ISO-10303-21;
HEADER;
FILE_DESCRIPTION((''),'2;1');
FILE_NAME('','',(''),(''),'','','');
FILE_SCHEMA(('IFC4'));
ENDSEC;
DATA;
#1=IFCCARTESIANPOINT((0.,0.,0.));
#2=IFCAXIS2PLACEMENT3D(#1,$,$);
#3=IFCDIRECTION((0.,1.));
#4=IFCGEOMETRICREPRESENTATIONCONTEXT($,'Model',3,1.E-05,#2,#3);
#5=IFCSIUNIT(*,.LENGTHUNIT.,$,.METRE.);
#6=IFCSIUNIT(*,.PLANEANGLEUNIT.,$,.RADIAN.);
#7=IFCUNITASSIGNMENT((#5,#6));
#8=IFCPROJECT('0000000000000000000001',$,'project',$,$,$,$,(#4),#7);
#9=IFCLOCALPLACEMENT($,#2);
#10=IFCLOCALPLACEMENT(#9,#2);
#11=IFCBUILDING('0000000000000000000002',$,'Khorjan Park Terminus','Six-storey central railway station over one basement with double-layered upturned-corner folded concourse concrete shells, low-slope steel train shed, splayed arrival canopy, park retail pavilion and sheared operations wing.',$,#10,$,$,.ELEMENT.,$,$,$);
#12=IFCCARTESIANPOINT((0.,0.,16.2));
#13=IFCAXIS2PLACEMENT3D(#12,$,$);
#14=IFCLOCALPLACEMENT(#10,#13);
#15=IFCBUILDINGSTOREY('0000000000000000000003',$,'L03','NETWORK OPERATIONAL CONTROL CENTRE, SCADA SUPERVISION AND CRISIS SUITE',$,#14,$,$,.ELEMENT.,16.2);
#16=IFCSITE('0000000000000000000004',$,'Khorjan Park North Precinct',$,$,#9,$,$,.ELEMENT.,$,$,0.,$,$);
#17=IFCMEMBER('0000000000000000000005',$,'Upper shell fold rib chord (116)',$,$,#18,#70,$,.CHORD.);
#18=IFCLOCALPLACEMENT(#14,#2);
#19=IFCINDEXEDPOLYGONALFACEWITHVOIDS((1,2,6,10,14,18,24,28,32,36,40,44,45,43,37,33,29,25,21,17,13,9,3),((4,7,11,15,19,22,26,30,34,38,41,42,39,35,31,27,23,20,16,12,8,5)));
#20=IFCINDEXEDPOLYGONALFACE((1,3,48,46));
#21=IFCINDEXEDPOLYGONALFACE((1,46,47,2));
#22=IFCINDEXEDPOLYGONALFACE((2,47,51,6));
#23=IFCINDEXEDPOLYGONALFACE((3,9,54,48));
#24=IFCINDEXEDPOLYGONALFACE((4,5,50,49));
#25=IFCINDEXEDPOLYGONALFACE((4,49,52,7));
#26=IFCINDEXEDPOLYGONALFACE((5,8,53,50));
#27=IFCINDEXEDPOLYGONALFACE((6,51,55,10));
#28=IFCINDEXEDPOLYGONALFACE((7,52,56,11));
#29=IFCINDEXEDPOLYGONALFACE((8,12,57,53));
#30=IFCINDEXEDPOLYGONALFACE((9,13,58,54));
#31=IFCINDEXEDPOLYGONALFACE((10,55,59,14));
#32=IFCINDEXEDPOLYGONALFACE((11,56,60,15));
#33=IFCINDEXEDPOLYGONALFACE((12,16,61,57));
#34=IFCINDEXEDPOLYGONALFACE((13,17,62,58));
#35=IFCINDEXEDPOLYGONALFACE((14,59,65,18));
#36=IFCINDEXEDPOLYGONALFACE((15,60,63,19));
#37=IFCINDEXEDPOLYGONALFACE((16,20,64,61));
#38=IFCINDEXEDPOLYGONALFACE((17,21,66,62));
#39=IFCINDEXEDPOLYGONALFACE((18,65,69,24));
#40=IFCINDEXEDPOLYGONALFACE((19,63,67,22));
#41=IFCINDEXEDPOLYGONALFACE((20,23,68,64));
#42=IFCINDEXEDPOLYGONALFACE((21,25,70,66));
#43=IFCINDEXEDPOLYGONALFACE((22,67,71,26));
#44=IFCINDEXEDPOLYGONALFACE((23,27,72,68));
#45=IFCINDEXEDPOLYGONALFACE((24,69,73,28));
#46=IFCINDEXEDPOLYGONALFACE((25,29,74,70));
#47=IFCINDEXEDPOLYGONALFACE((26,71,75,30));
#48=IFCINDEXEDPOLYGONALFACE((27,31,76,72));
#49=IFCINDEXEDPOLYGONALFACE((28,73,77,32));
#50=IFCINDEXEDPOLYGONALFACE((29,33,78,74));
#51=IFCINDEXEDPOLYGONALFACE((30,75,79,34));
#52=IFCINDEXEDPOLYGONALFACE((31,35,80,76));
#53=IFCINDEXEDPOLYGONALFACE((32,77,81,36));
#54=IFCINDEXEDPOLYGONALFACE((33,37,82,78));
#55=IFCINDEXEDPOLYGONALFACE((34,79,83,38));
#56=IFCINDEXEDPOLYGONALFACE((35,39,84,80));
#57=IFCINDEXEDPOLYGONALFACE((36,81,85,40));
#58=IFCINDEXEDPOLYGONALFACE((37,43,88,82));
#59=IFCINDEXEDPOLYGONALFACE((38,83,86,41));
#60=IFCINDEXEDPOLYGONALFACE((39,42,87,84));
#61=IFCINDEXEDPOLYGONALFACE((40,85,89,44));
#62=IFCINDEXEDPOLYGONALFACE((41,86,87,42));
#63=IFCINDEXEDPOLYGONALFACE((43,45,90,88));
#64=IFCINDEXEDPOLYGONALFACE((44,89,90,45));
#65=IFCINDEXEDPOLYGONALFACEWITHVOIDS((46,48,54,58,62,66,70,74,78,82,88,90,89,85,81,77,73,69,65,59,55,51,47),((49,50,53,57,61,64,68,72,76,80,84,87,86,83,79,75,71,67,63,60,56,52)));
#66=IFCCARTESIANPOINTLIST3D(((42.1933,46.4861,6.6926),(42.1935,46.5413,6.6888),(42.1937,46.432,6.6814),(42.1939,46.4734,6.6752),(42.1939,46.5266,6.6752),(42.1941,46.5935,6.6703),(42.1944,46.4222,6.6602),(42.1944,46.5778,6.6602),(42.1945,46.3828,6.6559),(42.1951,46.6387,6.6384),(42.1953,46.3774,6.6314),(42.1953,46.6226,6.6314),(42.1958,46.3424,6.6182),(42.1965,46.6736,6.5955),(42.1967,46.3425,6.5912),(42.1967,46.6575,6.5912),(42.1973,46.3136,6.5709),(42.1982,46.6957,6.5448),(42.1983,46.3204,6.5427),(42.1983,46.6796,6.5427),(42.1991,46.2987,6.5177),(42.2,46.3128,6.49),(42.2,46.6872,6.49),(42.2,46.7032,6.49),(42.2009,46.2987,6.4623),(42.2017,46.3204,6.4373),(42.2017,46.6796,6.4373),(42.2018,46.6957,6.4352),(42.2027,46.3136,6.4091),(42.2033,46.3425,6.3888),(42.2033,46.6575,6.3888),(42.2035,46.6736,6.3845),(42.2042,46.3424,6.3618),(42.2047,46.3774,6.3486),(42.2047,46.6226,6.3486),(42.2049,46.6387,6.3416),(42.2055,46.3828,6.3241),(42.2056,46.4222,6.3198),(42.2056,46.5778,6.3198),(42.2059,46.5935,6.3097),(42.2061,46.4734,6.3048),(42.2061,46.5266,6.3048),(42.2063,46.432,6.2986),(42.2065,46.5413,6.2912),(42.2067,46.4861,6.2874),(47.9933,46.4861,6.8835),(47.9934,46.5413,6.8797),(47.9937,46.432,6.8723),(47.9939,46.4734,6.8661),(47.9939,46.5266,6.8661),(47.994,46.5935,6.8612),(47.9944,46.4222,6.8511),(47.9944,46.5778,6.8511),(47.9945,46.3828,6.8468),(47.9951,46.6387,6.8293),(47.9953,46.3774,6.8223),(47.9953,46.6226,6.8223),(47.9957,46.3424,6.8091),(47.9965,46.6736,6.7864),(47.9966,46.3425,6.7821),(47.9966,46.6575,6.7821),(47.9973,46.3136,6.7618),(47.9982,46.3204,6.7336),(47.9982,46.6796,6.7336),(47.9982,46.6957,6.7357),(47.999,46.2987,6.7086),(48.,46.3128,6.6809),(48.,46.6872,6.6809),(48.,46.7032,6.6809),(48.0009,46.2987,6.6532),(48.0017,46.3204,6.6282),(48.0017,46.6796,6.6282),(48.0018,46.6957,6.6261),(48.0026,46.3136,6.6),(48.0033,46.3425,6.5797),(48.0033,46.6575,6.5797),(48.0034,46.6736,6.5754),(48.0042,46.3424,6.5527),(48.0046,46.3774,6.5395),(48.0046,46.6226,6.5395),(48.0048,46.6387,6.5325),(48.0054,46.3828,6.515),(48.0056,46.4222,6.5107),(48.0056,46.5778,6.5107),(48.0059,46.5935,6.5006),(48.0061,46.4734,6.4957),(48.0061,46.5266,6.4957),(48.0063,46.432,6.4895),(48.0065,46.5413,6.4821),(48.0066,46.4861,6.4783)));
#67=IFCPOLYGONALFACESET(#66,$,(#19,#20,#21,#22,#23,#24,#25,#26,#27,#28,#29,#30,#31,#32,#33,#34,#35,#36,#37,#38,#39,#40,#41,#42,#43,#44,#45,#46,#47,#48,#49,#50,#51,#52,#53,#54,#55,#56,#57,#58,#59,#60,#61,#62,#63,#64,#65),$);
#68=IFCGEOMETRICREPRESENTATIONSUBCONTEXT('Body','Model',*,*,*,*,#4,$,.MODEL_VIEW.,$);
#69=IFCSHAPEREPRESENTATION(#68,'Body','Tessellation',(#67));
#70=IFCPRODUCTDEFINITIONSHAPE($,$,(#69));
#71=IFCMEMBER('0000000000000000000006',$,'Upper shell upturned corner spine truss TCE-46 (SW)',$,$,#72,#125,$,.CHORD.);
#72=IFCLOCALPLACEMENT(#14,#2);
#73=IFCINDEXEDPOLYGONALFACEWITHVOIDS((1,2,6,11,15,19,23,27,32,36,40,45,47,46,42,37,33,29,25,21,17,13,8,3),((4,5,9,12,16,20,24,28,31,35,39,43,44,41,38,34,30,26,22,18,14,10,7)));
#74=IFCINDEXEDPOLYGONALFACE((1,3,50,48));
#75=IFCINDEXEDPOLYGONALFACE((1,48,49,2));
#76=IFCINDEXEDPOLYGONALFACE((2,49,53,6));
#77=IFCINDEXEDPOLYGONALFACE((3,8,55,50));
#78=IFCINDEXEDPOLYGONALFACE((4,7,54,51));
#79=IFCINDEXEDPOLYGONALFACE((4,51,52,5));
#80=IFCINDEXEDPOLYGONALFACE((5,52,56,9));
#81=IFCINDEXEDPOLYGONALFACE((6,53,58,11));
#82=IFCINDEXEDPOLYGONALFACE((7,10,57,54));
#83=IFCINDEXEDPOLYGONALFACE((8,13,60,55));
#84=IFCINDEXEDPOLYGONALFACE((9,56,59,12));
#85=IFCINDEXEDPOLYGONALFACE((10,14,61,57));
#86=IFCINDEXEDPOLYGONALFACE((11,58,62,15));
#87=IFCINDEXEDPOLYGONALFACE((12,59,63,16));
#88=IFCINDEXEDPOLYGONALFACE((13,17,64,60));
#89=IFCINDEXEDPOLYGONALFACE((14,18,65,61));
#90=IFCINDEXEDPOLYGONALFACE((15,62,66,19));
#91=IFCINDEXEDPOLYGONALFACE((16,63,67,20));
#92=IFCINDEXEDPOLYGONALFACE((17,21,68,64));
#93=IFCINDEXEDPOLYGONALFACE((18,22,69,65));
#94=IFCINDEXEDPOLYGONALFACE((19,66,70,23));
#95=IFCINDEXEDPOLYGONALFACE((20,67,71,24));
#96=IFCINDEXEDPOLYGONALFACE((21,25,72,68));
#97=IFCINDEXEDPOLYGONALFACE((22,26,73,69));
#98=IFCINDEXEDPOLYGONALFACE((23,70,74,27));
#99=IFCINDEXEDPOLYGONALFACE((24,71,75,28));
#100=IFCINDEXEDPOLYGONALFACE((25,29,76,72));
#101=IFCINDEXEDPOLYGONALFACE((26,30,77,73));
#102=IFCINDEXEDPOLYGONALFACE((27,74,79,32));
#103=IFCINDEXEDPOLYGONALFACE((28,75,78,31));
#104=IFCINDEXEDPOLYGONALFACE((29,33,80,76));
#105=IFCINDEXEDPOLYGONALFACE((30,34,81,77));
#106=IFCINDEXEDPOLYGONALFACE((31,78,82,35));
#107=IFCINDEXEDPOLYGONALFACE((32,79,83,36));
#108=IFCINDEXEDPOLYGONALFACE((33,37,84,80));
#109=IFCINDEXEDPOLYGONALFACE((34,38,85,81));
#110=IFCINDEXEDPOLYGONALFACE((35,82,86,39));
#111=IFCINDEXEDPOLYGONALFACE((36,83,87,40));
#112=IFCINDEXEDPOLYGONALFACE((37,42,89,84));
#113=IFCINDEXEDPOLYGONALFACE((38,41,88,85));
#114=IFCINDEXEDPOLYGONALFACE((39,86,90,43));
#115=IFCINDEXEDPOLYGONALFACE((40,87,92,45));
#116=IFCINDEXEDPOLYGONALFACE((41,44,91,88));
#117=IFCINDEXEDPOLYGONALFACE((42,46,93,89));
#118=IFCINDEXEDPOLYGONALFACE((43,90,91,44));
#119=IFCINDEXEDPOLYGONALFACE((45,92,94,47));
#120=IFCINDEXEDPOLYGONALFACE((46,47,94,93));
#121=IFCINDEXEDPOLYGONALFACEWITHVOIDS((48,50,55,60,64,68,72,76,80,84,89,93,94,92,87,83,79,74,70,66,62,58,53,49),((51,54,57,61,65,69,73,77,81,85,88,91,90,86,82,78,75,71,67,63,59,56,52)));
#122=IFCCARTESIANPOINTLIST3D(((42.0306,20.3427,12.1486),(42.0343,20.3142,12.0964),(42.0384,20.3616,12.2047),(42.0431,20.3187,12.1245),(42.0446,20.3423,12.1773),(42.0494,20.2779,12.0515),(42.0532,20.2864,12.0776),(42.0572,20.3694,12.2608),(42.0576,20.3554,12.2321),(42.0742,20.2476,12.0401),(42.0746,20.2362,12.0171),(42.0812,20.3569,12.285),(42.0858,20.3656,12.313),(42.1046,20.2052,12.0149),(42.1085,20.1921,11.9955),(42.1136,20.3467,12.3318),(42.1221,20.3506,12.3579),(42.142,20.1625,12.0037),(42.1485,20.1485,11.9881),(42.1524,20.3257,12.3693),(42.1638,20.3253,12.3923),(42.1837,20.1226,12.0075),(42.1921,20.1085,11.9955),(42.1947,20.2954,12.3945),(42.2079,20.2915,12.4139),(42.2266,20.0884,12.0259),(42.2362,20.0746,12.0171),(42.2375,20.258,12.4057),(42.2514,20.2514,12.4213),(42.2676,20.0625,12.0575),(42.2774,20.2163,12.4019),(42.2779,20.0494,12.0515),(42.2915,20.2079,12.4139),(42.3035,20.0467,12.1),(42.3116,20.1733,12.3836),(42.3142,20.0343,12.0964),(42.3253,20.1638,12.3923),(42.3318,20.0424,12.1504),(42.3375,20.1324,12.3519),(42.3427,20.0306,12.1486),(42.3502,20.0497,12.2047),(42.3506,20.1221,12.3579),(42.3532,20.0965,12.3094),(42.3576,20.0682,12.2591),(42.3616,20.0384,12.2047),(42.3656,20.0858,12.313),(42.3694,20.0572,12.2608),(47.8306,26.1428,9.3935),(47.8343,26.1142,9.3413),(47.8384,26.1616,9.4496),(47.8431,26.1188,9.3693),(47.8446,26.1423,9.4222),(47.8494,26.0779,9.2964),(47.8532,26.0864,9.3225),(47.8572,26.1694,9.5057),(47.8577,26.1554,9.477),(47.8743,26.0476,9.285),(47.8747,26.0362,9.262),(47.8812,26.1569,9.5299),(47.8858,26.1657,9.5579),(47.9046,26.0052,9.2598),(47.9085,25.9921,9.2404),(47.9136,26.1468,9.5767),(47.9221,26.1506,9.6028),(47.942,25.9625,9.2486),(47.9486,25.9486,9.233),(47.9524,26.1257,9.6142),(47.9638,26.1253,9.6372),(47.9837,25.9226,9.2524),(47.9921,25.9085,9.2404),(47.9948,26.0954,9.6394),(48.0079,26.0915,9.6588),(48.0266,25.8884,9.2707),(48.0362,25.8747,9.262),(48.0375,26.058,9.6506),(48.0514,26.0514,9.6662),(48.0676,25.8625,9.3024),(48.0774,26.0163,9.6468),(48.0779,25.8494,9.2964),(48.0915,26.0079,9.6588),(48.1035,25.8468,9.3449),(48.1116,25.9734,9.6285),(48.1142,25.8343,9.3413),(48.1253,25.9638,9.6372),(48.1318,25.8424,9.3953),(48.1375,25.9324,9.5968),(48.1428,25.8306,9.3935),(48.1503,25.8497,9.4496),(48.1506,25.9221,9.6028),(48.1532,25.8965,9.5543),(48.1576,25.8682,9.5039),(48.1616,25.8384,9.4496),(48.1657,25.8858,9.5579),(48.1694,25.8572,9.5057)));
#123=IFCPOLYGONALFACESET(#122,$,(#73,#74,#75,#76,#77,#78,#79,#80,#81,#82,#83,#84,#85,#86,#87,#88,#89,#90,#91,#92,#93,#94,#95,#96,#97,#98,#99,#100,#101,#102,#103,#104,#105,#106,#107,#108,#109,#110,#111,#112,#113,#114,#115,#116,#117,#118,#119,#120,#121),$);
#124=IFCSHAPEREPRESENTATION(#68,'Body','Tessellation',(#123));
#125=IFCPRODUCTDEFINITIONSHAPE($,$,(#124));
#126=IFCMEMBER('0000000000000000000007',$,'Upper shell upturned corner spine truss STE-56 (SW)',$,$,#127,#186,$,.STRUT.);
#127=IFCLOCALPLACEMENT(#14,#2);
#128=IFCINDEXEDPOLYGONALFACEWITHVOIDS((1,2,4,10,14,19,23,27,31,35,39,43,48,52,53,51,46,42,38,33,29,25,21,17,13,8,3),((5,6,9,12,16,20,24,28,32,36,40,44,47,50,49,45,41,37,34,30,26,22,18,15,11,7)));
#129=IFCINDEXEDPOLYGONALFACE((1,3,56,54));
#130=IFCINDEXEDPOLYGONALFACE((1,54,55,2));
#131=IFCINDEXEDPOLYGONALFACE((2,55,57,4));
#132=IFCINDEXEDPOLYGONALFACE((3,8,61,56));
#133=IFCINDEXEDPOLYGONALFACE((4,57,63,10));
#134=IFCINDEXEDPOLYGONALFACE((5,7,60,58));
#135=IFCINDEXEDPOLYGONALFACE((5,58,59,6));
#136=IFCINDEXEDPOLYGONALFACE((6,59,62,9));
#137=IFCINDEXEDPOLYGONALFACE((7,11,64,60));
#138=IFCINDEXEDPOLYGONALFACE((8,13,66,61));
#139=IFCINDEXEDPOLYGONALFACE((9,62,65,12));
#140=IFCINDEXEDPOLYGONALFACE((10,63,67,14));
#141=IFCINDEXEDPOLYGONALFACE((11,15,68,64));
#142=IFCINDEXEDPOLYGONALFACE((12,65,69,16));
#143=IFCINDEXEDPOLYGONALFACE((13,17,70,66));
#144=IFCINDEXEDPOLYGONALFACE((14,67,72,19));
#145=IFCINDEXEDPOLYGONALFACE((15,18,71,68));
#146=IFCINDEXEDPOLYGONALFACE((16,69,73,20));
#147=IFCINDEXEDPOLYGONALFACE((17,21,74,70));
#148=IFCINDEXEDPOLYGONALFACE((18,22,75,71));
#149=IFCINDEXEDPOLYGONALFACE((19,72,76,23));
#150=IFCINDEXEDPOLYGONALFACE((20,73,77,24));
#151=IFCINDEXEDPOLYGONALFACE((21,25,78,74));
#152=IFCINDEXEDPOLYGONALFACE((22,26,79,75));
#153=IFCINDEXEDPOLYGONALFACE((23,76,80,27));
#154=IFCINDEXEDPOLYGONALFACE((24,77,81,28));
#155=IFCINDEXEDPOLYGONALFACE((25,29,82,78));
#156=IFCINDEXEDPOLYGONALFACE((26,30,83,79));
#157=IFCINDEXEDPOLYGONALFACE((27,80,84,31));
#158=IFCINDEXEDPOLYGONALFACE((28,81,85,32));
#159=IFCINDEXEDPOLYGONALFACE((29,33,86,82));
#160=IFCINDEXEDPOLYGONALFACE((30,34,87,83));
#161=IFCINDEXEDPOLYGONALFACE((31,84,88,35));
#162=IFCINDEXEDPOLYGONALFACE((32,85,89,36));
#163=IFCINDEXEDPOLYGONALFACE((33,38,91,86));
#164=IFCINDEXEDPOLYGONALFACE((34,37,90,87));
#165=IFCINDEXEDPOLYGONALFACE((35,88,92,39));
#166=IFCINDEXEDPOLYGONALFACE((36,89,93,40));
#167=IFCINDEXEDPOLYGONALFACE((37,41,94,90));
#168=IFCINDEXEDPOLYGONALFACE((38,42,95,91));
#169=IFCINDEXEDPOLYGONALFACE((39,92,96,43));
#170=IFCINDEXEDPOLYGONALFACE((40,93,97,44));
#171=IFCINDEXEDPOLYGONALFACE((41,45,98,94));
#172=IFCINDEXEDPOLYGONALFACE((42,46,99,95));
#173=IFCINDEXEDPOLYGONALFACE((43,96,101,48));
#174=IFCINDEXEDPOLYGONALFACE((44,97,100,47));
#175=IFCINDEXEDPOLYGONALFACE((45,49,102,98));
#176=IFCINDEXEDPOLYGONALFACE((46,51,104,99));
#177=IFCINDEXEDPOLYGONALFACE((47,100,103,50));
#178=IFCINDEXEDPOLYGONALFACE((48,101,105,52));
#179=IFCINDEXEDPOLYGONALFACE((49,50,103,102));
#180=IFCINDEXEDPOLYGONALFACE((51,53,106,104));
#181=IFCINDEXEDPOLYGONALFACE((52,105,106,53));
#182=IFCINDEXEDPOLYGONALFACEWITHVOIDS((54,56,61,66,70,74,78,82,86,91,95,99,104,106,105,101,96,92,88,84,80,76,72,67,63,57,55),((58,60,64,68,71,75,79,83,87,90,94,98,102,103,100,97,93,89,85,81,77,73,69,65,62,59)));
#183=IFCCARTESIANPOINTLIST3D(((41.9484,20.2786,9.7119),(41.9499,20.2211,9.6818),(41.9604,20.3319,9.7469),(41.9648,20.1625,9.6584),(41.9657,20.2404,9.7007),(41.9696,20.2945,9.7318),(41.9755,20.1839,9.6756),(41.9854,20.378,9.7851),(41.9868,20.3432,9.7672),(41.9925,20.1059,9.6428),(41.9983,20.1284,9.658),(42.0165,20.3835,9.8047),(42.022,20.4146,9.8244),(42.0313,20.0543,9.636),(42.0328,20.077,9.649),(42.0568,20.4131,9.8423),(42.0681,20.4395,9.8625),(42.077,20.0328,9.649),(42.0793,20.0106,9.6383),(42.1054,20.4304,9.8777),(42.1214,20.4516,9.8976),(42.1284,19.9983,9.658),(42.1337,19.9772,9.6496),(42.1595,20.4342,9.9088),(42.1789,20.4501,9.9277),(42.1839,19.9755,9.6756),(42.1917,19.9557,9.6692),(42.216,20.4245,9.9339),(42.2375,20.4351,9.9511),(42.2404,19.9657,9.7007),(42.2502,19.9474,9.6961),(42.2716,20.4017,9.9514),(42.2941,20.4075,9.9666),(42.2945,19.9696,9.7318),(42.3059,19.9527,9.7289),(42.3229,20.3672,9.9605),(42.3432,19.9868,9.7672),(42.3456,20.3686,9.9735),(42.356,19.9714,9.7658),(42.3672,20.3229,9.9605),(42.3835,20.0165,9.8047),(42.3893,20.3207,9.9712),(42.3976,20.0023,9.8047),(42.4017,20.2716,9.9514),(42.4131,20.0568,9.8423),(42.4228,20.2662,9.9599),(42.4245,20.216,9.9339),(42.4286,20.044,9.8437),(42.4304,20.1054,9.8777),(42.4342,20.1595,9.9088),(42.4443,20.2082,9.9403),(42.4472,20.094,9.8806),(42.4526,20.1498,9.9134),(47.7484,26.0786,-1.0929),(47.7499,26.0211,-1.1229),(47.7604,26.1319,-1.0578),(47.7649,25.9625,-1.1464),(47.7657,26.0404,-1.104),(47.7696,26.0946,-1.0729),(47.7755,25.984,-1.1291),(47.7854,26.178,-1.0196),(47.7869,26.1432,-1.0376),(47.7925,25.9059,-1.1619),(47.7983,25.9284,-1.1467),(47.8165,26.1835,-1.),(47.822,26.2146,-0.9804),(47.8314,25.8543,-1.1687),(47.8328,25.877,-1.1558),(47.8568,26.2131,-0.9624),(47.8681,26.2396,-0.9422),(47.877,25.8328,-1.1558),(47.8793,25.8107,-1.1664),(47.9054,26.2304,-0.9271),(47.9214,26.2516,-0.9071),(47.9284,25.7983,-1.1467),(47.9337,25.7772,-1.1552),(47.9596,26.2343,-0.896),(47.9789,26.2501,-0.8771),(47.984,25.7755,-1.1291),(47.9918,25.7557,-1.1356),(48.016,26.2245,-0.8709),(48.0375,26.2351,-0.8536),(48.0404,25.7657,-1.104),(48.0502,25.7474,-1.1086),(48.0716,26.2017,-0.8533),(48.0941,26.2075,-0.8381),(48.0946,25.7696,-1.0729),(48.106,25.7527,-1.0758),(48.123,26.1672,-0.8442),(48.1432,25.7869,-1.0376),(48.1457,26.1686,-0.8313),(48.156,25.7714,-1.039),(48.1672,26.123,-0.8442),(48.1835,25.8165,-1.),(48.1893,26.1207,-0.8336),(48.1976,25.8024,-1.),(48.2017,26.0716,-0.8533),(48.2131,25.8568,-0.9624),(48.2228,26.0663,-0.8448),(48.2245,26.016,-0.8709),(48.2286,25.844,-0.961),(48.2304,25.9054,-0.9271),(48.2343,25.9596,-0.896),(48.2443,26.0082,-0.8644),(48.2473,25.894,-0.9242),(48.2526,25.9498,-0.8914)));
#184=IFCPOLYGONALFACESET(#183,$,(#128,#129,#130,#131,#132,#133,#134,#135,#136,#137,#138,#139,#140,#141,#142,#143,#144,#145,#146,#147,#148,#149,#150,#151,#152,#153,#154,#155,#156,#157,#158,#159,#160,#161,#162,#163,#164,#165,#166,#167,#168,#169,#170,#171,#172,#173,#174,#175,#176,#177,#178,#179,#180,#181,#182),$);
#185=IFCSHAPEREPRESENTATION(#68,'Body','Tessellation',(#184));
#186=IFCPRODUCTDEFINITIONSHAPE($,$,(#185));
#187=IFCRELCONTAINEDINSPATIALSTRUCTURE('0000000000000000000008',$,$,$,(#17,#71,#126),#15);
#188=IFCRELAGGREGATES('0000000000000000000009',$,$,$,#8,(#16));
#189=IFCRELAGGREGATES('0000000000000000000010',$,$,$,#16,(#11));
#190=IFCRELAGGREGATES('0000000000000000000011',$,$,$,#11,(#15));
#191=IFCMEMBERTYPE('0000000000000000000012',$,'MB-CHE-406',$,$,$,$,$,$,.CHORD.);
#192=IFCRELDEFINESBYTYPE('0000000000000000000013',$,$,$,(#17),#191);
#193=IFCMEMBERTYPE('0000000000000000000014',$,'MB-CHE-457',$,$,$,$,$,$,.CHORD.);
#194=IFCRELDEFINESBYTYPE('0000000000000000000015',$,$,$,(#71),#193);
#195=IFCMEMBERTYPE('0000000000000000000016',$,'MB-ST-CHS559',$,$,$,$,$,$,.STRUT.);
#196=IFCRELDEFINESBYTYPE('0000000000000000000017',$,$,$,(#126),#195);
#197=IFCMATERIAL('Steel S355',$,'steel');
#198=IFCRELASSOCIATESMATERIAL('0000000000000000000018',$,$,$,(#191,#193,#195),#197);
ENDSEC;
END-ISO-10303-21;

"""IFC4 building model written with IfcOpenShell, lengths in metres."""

from ifc_helpers import new_model, si_unit, direction, frame, origin, origin_2d, place, context, subcontext, project, spatial, hollow_circle, extrude, material, material_profile, profile_set, type_object, element, save


model = new_model("IFC4")

# Units and contexts
model_context = context("Model", 3, precision=1e-05, world=origin(), true_north=direction((0.0, 1.0)))
body_context = subcontext(model_context, "Body", "Model", "MODEL_VIEW")
ifc_project = project(units=[si_unit("LENGTHUNIT", "METRE"), si_unit("PLANEANGLEUNIT", "RADIAN")], contexts=[model_context])

# Site, building, storey
site_placement = place(None, origin())
site = spatial("IfcSite", under=ifc_project, at=site_placement, Name="Khorjan Park North Precinct", CompositionType="ELEMENT", RefElevation=0.0)
building_placement = place(site_placement, origin())
building = spatial("IfcBuilding", under=site, at=building_placement, Name="Khorjan Park Terminus", Description="Six-storey central railway station over one basement with double-layered upturned-corner folded concourse concrete shells, low-slope steel train shed, splayed arrival canopy, park retail pavilion and sheared operations wing.", CompositionType="ELEMENT")
storey_placement = place(building_placement, frame((0.0, 0.0, 16.2)))
storey = spatial("IfcBuildingStorey", under=building, at=storey_placement, Name="L03", Description="NETWORK OPERATIONAL CONTROL CENTRE, SCADA SUPERVISION AND CRISIS SUITE", CompositionType="ELEMENT", Elevation=16.2)

# Members
ifc_material_1 = material(Name="Steel S355", Category="steel")
ifc_material_profile_1 = material_profile(ifc_material_1, hollow_circle(Radius=0.2032, WallThickness=0.016, at=origin_2d()), Name="CHS 406.4x16")
ifc_profile_set_1 = profile_set([ifc_material_profile_1], Name="Steel S355")
member_type_1 = type_object("IfcMemberType", Name="MB-CHE-406", PredefinedType="CHORD", material=ifc_profile_set_1)
member_1_placement = place(storey_placement, frame((42.2, 46.5, 6.49), z_axis=(0.999459, 0.0, 0.032896), x_axis=(0.0, 1.0, 0.0)))
element("IfcMember", 1, at=member_1_placement, inside=storey, type_object=member_type_1, Name="Upper shell fold rib chord (116)", PredefinedType="CHORD", context=body_context, shape_type="SweptSolid", body=[
    extrude(hollow_circle(Radius=0.2032, WallThickness=0.016, at=origin_2d()), origin(), (0.0, 0.0, 1.0), 5.8031),
])
ifc_material_profile_2 = material_profile(ifc_material_1, hollow_circle(Radius=0.2285, WallThickness=0.016, at=origin_2d()), Name="CHS 457x16")
ifc_profile_set_2 = profile_set([ifc_material_profile_2], Name="Steel S355")
member_type_2 = type_object("IfcMemberType", Name="MB-CHE-457", PredefinedType="CHORD", material=ifc_profile_set_2)
member_2_placement = place(storey_placement, frame((48.0, 26.0, 9.4496), z_axis=(-0.670305, -0.670305, 0.318406), x_axis=(0.707107, -0.707107, 0.0)))
element("IfcMember", 2, at=member_2_placement, inside=storey, type_object=member_type_2, Name="Upper shell upturned corner spine truss TCE-46 (SW)", PredefinedType="CHORD", context=body_context, shape_type="SweptSolid", body=[
    extrude(hollow_circle(Radius=0.2285, WallThickness=0.016, at=origin_2d()), origin(), (0.0, 0.0, 1.0), 8.6528),
])
ifc_material_profile_3 = material_profile(ifc_material_1, hollow_circle(Radius=0.2795, WallThickness=0.02, at=origin_2d()), Name="CHS 559x20")
ifc_profile_set_3 = profile_set([ifc_material_profile_3], Name="Steel S355")
member_type_3 = type_object("IfcMemberType", Name="MB-ST-CHS559", PredefinedType="STRUT", material=ifc_profile_set_3)
member_3_placement = place(storey_placement, frame((48.0, 26.0, -1.0), z_axis=(-0.427557, -0.427557, 0.796486), x_axis=(0.707107, -0.707107, 0.0)))
element("IfcMember", 3, at=member_3_placement, inside=storey, type_object=member_type_3, Name="Upper shell upturned corner spine truss STE-56 (SW)", PredefinedType="STRUT", context=body_context, shape_type="SweptSolid", body=[
    extrude(hollow_circle(Radius=0.2795, WallThickness=0.02, at=origin_2d()), origin(), (0.0, 0.0, 1.0), 13.5655),
])

save(model, "model.ifc")
